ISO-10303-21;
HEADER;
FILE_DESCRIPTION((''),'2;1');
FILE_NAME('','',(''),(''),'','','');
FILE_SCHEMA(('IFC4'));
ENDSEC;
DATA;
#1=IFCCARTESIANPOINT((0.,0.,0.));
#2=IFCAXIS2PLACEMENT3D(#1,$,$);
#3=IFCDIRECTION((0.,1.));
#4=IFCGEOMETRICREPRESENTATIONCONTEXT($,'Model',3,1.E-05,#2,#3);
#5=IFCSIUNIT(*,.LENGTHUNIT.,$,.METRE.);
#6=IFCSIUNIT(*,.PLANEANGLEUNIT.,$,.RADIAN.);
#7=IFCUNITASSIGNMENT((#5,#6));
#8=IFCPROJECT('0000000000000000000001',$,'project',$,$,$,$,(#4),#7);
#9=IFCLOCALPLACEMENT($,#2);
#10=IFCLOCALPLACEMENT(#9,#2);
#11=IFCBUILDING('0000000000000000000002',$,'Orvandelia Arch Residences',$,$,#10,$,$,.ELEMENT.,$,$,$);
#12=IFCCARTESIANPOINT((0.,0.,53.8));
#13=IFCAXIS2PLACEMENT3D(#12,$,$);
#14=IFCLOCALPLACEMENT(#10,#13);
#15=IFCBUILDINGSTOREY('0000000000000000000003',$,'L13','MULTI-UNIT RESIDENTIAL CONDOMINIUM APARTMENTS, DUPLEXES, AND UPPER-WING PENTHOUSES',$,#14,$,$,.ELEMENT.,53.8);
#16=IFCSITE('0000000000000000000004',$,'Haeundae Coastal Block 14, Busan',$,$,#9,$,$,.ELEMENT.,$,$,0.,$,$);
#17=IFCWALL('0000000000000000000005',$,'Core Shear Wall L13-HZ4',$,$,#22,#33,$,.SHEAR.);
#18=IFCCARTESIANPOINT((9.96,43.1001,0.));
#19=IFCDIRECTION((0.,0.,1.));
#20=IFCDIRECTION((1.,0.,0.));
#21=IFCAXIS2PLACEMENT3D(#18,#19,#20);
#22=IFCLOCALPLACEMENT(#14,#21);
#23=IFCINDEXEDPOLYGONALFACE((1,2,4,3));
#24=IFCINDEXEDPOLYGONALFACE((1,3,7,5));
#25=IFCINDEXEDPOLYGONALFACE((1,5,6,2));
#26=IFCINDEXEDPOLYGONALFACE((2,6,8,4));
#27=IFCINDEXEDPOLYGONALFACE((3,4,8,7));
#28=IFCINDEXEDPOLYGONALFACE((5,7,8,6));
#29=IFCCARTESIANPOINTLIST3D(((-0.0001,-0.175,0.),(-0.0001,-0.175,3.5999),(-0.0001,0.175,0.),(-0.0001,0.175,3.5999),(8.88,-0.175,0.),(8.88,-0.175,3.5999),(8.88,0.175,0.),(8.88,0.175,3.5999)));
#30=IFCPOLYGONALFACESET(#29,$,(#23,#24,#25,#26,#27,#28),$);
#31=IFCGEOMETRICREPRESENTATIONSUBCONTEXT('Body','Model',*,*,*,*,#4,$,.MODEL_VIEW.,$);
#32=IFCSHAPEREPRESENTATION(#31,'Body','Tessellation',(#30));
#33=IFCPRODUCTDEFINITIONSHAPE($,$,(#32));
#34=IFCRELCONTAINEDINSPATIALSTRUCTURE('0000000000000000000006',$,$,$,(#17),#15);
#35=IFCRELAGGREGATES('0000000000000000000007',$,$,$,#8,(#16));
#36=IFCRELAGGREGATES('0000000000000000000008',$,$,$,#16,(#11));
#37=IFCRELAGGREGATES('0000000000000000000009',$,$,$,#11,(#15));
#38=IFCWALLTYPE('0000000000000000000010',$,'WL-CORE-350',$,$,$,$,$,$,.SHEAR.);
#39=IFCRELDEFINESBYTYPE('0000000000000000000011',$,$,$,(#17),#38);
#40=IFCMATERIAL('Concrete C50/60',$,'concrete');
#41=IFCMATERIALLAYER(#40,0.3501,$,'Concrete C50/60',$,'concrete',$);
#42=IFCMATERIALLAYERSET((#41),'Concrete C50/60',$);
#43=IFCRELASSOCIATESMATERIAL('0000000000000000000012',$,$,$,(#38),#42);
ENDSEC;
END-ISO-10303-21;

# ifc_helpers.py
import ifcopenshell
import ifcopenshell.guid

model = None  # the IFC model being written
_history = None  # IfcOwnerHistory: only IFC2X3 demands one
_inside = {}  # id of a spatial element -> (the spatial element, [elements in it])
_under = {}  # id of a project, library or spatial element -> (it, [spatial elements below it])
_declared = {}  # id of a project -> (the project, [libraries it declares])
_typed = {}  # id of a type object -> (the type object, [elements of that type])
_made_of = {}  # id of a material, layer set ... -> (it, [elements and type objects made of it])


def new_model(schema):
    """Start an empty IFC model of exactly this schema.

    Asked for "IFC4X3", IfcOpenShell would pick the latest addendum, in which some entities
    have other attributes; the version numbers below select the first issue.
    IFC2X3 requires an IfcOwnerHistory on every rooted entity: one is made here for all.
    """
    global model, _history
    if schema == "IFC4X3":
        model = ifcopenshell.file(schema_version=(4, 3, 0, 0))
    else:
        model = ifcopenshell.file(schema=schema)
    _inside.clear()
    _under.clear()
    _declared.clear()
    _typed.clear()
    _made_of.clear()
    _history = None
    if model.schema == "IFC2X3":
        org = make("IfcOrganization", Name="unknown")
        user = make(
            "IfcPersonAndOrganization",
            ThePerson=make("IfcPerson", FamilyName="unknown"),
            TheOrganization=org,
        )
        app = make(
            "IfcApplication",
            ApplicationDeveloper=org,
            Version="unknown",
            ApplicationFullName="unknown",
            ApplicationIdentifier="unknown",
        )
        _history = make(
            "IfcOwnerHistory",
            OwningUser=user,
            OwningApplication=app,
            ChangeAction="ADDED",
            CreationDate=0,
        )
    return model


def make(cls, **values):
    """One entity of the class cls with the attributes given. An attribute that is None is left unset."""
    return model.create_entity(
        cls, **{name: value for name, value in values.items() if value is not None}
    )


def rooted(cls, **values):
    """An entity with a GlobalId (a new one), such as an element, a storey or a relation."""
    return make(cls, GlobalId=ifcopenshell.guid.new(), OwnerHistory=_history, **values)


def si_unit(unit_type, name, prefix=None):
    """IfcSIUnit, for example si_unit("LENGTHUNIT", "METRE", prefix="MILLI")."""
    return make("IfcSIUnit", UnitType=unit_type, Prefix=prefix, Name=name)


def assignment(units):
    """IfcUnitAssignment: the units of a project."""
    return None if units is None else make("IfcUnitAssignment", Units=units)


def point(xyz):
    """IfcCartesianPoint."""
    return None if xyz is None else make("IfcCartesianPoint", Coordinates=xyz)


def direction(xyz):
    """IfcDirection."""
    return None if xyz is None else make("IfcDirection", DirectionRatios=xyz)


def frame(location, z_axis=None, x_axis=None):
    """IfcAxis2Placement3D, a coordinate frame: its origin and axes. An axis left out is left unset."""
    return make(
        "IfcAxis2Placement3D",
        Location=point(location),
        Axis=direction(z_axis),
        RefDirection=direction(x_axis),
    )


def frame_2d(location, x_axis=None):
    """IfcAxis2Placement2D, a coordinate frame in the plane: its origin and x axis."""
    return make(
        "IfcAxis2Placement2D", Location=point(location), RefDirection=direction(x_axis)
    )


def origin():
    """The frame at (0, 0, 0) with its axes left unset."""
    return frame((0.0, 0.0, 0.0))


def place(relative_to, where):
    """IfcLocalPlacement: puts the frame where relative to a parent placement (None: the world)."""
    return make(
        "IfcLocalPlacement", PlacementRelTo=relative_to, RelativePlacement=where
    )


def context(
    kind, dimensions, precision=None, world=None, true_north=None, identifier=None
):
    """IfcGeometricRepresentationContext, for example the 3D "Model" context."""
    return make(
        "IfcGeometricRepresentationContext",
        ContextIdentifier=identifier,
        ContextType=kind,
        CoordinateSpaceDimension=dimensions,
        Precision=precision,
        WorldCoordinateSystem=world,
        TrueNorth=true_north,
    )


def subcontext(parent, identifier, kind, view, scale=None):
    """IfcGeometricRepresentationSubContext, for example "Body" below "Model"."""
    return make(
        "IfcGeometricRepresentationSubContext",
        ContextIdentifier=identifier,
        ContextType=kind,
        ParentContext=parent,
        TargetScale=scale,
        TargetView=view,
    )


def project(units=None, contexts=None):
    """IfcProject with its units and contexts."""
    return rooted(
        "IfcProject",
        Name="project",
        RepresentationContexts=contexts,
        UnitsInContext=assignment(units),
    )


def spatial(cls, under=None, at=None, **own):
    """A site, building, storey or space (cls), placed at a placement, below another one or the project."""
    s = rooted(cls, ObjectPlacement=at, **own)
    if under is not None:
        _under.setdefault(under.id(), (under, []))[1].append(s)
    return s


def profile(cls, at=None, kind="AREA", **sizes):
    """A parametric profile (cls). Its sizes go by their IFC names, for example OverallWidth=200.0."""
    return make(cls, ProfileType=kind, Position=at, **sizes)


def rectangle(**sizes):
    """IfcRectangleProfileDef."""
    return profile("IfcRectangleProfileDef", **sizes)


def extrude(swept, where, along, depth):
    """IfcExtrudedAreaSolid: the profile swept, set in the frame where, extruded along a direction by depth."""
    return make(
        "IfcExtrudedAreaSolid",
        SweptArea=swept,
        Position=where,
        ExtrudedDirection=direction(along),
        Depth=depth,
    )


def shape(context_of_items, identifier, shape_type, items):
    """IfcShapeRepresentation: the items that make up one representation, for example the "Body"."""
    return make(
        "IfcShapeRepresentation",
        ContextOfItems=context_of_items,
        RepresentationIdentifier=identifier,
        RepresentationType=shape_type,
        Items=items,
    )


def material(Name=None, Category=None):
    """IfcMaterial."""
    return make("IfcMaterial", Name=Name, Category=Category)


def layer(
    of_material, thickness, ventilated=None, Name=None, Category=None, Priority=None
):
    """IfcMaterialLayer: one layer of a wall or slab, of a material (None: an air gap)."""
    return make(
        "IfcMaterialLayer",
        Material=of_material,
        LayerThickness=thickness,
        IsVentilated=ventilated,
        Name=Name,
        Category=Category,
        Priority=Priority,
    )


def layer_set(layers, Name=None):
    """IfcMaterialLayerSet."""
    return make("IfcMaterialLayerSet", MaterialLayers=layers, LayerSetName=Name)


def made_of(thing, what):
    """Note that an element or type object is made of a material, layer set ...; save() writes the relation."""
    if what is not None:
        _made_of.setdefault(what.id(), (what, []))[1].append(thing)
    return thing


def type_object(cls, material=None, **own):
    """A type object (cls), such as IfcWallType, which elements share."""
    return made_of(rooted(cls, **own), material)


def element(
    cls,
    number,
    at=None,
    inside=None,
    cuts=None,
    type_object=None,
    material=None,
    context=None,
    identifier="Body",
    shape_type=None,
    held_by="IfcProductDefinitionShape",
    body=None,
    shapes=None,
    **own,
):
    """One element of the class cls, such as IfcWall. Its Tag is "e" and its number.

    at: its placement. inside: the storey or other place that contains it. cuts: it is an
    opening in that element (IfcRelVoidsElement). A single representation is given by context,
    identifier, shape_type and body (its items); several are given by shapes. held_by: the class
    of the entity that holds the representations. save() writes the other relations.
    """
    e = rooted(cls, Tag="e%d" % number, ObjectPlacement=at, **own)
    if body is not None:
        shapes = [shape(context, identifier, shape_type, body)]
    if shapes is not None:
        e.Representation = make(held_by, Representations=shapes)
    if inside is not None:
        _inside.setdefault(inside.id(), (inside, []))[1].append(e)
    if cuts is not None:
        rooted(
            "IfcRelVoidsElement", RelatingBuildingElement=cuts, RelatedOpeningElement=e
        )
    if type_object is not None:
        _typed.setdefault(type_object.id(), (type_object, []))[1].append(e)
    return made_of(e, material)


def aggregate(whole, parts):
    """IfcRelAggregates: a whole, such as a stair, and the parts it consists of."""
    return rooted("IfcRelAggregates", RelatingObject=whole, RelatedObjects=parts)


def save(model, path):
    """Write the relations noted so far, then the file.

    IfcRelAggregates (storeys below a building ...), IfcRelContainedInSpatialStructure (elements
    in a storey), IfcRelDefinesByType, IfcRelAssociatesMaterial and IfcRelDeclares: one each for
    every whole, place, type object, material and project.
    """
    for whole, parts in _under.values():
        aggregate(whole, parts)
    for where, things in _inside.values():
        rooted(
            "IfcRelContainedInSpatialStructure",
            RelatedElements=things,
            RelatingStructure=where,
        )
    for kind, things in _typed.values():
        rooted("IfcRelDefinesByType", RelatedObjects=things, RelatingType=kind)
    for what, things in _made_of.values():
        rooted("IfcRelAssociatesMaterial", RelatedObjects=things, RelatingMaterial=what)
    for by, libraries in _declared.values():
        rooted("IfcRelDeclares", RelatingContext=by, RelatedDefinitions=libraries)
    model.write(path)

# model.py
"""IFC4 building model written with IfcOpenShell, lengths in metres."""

from ifc_helpers import new_model, si_unit, direction, frame, frame_2d, origin, place, context, subcontext, project, spatial, rectangle, extrude, material, layer, layer_set, type_object, element, save


model = new_model("IFC4")

# Units and contexts
model_context = context("Model", 3, precision=1e-05, world=origin(), true_north=direction((0.0, 1.0)))
body_context = subcontext(model_context, "Body", "Model", "MODEL_VIEW")
ifc_project = project(units=[si_unit("LENGTHUNIT", "METRE"), si_unit("PLANEANGLEUNIT", "RADIAN")], contexts=[model_context])

# Site, building, storey
site_placement = place(None, origin())
site = spatial("IfcSite", under=ifc_project, at=site_placement, Name="Haeundae Coastal Block 14, Busan", CompositionType="ELEMENT", RefElevation=0.0)
building_placement = place(site_placement, origin())
building = spatial("IfcBuilding", under=site, at=building_placement, Name="Orvandelia Arch Residences", CompositionType="ELEMENT")
storey_placement = place(building_placement, frame((0.0, 0.0, 53.8)))
storey = spatial("IfcBuildingStorey", under=building, at=storey_placement, Name="L13", Description="MULTI-UNIT RESIDENTIAL CONDOMINIUM APARTMENTS, DUPLEXES, AND UPPER-WING PENTHOUSES", CompositionType="ELEMENT", Elevation=53.8)

# Wall
ifc_material_1 = material(Name="Concrete C50/60", Category="concrete")
ifc_layer_1 = layer(ifc_material_1, 0.3501, Name="Concrete C50/60", Category="concrete")
ifc_layer_set_1 = layer_set([ifc_layer_1], Name="Concrete C50/60")
wall_type_1 = type_object("IfcWallType", Name="WL-CORE-350", PredefinedType="SHEAR", material=ifc_layer_set_1)
wall_1_placement = place(storey_placement, frame((9.96, 43.1001, 0.0), z_axis=(0.0, 0.0, 1.0), x_axis=(1.0, 0.0, 0.0)))
element("IfcWall", 1, at=wall_1_placement, inside=storey, type_object=wall_type_1, Name="Core Shear Wall L13-HZ4", PredefinedType="SHEAR", context=body_context, shape_type="SweptSolid", body=[
    extrude(rectangle(XDim=8.8801, YDim=0.3501, at=frame_2d((4.4399, 0.0))), origin(), (0.0, 0.0, 1.0), 3.5999),
])

save(model, "model.ifc")
